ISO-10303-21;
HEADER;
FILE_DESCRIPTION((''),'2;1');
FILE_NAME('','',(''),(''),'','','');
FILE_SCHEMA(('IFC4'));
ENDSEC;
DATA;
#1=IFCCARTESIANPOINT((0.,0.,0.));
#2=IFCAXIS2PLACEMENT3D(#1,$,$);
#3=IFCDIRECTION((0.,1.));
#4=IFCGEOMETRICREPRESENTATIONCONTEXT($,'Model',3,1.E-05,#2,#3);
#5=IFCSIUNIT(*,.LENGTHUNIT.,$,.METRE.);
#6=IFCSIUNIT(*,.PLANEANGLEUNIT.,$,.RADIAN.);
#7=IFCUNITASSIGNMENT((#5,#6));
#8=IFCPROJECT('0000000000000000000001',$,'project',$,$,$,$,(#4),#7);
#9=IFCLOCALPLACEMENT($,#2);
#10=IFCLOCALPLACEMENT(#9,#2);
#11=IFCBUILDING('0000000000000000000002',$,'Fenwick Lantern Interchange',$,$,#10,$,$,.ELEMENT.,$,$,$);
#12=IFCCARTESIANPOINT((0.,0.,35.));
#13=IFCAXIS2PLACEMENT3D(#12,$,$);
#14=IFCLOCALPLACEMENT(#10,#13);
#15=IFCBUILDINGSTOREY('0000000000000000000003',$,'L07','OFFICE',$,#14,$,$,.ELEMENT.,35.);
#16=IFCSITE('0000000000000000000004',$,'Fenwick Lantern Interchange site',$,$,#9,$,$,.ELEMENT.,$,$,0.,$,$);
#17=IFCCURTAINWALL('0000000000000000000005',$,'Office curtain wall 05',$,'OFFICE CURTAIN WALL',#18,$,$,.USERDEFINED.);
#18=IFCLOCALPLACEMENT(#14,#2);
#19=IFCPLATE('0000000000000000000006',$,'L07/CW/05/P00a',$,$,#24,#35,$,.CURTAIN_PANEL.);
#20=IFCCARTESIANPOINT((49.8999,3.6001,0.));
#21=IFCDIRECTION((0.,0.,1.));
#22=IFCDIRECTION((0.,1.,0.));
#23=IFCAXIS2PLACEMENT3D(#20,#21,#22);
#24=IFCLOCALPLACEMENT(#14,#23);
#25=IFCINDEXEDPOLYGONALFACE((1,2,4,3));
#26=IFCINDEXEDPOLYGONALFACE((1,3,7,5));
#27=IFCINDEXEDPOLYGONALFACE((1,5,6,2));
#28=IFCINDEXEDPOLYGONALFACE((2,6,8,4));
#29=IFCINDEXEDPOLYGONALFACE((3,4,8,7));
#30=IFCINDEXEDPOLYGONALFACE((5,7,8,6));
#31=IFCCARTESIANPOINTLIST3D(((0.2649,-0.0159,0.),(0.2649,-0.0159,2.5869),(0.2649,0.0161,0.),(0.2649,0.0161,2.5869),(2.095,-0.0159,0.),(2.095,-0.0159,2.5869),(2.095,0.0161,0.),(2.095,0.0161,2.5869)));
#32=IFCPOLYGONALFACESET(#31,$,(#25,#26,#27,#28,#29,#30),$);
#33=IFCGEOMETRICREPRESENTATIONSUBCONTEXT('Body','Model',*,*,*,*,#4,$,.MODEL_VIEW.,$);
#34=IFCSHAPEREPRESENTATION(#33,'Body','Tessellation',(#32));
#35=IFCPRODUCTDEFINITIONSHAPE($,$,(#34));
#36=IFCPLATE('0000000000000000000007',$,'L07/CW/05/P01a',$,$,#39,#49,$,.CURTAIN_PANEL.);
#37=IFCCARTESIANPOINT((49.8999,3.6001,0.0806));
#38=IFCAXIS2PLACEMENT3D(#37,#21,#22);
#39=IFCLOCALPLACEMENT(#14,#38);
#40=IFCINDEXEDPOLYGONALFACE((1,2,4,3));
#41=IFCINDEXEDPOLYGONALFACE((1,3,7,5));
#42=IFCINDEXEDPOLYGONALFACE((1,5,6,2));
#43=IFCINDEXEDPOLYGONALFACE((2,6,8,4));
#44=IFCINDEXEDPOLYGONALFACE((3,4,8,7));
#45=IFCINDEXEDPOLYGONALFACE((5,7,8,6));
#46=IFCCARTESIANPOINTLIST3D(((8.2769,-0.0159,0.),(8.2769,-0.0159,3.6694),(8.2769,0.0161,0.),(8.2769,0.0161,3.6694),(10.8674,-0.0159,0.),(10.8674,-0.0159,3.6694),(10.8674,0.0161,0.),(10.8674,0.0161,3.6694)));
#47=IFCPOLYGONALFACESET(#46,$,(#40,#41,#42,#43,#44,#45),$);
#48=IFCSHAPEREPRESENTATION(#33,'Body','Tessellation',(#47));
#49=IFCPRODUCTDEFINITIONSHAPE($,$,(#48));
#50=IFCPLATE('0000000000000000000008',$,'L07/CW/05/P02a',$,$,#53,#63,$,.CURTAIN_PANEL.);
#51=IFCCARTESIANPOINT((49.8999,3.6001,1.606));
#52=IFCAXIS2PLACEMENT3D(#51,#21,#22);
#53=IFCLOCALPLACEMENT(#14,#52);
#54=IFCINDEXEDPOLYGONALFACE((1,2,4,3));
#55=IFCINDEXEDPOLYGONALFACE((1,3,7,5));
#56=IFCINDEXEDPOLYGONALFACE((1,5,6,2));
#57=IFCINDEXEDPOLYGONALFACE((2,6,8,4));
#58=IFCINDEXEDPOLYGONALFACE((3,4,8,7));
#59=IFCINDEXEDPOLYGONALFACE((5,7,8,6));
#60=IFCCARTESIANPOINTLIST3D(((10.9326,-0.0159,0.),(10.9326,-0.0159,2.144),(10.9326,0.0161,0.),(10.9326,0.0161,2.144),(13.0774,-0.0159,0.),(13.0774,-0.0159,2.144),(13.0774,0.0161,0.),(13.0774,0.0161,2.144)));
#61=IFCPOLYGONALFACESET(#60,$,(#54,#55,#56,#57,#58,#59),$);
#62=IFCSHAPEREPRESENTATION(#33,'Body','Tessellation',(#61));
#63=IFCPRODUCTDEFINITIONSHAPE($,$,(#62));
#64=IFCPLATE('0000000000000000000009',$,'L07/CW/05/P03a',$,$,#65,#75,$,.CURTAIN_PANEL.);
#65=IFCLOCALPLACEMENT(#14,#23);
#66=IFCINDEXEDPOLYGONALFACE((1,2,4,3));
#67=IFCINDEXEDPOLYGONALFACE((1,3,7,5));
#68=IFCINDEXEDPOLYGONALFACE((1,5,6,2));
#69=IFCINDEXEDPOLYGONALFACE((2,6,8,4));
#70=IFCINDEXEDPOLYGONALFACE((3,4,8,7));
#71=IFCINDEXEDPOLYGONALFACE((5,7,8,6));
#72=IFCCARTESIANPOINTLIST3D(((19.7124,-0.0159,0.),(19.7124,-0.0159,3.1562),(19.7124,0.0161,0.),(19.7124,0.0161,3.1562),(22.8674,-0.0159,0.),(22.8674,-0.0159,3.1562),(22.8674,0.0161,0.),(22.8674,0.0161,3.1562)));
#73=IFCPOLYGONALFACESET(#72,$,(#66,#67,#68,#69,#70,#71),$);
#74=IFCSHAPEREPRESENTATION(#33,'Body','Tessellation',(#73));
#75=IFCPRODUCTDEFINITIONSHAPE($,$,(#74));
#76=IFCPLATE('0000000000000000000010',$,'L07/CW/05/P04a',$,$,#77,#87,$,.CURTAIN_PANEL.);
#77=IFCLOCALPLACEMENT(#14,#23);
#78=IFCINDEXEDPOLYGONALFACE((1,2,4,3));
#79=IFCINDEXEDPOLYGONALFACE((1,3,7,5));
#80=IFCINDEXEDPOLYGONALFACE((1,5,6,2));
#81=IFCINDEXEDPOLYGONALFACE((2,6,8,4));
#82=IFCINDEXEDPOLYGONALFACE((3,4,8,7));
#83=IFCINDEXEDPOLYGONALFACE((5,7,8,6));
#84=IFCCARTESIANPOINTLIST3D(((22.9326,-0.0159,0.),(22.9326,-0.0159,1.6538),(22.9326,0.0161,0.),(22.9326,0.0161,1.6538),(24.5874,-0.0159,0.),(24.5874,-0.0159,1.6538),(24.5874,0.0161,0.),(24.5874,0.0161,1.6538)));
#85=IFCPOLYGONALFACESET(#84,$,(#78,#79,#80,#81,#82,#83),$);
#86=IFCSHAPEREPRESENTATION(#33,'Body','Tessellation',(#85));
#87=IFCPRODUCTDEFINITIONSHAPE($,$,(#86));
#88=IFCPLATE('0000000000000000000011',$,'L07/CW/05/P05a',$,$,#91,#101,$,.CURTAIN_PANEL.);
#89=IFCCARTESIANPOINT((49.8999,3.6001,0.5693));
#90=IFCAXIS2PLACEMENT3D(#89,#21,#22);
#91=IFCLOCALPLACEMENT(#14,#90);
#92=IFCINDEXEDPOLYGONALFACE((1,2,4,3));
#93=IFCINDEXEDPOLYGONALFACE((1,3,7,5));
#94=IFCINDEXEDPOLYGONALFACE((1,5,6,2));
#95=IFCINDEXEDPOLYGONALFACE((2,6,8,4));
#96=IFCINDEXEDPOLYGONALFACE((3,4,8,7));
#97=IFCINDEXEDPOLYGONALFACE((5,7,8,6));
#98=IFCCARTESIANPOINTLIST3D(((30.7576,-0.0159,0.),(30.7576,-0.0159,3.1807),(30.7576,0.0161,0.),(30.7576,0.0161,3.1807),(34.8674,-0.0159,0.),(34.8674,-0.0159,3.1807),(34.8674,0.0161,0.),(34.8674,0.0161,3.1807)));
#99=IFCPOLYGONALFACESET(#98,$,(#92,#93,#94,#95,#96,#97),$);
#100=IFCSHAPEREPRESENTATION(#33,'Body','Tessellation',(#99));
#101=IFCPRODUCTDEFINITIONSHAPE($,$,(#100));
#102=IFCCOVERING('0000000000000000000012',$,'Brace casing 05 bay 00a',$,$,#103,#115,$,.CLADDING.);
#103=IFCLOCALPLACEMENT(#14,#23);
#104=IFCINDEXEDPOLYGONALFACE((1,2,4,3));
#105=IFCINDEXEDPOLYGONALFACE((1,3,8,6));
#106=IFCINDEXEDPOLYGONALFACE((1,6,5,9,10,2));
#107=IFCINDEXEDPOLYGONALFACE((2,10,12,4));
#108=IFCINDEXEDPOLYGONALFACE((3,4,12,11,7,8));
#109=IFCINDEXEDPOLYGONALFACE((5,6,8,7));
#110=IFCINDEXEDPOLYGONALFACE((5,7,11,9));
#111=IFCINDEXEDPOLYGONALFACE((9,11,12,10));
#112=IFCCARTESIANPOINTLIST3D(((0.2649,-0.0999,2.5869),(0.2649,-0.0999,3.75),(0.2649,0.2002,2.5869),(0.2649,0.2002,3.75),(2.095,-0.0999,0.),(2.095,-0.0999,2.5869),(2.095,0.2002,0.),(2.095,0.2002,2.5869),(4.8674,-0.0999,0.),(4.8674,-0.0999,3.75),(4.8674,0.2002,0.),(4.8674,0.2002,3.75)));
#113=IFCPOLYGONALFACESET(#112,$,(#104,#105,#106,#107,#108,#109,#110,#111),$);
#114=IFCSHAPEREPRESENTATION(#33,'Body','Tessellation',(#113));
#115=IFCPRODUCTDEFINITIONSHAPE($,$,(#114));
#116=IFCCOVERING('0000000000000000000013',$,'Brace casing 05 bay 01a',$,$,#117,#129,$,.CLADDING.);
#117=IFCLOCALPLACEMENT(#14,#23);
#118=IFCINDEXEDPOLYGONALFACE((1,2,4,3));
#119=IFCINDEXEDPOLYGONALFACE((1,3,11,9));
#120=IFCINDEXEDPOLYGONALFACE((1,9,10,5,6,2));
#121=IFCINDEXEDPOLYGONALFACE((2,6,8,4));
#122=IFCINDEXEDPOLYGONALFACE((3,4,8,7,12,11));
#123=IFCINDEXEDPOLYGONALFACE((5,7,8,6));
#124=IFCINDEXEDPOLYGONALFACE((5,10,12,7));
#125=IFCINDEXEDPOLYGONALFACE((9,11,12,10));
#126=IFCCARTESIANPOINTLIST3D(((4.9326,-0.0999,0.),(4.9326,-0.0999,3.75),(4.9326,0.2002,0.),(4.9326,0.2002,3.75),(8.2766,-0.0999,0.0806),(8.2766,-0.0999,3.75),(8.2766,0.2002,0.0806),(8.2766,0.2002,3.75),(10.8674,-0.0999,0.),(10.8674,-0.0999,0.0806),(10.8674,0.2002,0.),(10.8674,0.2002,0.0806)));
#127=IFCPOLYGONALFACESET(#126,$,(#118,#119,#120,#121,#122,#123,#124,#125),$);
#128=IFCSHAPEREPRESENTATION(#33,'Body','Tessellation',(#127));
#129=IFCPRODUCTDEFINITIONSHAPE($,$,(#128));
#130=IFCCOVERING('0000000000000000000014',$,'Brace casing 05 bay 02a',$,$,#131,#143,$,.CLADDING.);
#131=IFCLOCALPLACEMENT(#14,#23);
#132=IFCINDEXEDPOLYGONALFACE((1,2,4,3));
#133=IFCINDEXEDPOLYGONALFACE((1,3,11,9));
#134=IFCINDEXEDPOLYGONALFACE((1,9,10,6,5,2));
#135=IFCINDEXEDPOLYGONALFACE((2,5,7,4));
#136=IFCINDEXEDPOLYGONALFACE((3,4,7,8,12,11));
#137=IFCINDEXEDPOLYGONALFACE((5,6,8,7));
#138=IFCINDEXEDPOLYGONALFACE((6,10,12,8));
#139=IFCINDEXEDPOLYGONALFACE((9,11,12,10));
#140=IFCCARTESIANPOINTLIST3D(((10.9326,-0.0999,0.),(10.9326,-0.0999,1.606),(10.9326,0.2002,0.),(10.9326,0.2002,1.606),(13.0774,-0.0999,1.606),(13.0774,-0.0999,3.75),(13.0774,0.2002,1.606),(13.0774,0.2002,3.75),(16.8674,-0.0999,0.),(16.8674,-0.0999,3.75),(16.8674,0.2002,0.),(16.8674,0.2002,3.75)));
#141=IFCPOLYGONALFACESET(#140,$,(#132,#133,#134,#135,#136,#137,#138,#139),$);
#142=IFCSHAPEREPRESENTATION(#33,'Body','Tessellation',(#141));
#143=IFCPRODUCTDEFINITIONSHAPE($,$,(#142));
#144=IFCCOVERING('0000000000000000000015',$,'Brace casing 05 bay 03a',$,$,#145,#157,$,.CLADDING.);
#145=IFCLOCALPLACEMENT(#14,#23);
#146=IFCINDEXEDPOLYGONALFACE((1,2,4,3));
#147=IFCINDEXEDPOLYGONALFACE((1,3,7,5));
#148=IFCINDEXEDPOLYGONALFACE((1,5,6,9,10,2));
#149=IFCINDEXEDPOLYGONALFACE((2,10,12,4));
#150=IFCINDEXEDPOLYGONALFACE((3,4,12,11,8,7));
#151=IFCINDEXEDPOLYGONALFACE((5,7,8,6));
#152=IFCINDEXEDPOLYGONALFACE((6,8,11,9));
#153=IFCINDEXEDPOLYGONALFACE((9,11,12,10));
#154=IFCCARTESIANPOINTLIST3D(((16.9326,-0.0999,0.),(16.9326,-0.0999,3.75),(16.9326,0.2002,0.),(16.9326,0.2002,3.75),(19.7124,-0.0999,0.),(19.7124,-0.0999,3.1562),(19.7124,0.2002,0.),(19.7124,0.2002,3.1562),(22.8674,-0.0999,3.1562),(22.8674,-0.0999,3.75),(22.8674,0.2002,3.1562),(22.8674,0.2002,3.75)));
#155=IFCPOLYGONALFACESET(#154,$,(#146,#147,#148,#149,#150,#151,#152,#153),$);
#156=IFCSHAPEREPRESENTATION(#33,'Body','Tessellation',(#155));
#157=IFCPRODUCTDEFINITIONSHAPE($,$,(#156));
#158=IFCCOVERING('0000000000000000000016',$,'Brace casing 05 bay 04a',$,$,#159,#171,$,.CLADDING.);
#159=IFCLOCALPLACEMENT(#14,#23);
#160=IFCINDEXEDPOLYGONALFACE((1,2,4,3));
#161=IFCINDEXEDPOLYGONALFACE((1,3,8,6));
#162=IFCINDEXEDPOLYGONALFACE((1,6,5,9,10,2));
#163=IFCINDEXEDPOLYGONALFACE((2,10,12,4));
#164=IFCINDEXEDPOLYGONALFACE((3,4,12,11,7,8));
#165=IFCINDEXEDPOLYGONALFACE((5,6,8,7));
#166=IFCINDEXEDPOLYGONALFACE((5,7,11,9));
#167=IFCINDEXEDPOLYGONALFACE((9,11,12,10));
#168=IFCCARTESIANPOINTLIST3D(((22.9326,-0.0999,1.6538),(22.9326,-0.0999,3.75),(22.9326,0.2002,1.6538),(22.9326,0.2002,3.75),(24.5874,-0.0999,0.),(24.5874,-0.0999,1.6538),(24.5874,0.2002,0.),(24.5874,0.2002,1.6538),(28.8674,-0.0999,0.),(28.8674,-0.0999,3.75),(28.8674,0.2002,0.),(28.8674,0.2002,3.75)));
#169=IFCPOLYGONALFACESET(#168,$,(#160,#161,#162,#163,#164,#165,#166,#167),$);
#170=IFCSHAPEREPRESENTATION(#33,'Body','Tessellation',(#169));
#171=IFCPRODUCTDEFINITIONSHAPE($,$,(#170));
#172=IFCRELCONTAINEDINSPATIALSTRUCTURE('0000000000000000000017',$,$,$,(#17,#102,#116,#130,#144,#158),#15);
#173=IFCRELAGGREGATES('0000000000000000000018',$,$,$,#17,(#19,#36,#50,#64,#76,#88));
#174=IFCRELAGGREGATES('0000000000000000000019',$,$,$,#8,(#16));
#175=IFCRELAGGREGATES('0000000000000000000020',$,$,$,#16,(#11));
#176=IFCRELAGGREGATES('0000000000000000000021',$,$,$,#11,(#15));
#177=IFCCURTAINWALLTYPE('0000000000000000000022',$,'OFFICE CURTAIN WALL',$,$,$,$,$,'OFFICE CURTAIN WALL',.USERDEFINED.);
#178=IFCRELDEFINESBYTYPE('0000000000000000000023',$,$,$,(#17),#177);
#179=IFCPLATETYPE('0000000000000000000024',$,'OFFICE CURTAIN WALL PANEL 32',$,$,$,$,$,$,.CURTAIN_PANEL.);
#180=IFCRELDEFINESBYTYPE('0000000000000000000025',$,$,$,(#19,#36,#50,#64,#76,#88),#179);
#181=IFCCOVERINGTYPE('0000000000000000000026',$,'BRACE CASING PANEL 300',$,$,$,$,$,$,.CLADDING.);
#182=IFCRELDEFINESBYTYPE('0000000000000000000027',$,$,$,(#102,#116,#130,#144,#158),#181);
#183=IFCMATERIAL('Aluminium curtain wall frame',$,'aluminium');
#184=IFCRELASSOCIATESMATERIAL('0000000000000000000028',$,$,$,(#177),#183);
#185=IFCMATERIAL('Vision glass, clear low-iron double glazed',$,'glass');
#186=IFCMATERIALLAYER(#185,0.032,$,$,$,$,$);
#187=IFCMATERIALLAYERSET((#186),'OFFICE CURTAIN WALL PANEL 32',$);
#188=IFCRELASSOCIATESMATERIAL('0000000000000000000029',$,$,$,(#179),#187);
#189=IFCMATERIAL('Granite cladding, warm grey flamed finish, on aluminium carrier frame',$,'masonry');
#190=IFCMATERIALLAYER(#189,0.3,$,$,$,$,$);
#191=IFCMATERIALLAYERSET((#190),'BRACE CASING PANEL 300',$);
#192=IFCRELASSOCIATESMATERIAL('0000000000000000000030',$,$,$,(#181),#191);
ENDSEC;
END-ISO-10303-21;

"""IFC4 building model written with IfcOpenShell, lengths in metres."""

from ifc_helpers import new_model, si_unit, direction, frame, origin, place, context, subcontext, project, spatial, polyline, outline, extrude, material, layer, layer_set, type_object, element, aggregate, save


model = new_model("IFC4")

# Units and contexts
model_context = context("Model", 3, precision=1e-05, world=origin(), true_north=direction((0.0, 1.0)))
body_context = subcontext(model_context, "Body", "Model", "MODEL_VIEW")
ifc_project = project(units=[si_unit("LENGTHUNIT", "METRE"), si_unit("PLANEANGLEUNIT", "RADIAN")], contexts=[model_context])

# Site, building, storey
site_placement = place(None, origin())
site = spatial("IfcSite", under=ifc_project, at=site_placement, Name="Fenwick Lantern Interchange site", CompositionType="ELEMENT", RefElevation=0.0)
building_placement = place(site_placement, origin())
building = spatial("IfcBuilding", under=site, at=building_placement, Name="Fenwick Lantern Interchange", CompositionType="ELEMENT")
storey_placement = place(building_placement, frame((0.0, 0.0, 35.0)))
storey = spatial("IfcBuildingStorey", under=building, at=storey_placement, Name="L07", Description="OFFICE", CompositionType="ELEMENT", Elevation=35.0)

# Shared definitions
ifc_material_1 = material(Name="Aluminium curtain wall frame", Category="aluminium")
curtain_wall_type = type_object("IfcCurtainWallType", Name="OFFICE CURTAIN WALL", ElementType="OFFICE CURTAIN WALL", PredefinedType="USERDEFINED", material=ifc_material_1)

# Shared definitions
ifc_material_2 = material(Name="Vision glass, clear low-iron double glazed", Category="glass")
ifc_layer_1 = layer(ifc_material_2, 0.032)
ifc_layer_set_1 = layer_set([ifc_layer_1], Name="OFFICE CURTAIN WALL PANEL 32")
plate_type = type_object("IfcPlateType", Name="OFFICE CURTAIN WALL PANEL 32", PredefinedType="CURTAIN_PANEL", material=ifc_layer_set_1)

# Curtain wall, plates
curtain_wall_1_placement = place(storey_placement, origin())
curtain_wall_1 = element("IfcCurtainWall", 1, at=curtain_wall_1_placement, inside=storey, type_object=curtain_wall_type, Name="Office curtain wall 05", ObjectType="OFFICE CURTAIN WALL", PredefinedType="USERDEFINED")
plate_1_placement = place(storey_placement, frame((49.8999, 3.6001, 0.0), z_axis=(0.0, 0.0, 1.0), x_axis=(0.0, 1.0, 0.0)))
plate_1 = element("IfcPlate", 2, at=plate_1_placement, type_object=plate_type, Name="L07/CW/05/P00a", PredefinedType="CURTAIN_PANEL", context=body_context, shape_type="SweptSolid", body=[
    extrude(outline(polyline([(0.2649, 0.0), (2.095, 0.0), (2.095, 2.5869), (0.2649, 2.5869), (0.2649, 0.0)])), frame((0.0, 0.0161, 0.0), z_axis=(0.0, -1.0, 0.0), x_axis=(1.0, 0.0, 0.0)), (0.0, 0.0, 1.0), 0.032),
])
plate_2_placement = place(storey_placement, frame((49.8999, 3.6001, 0.0806), z_axis=(0.0, 0.0, 1.0), x_axis=(0.0, 1.0, 0.0)))
plate_2 = element("IfcPlate", 3, at=plate_2_placement, type_object=plate_type, Name="L07/CW/05/P01a", PredefinedType="CURTAIN_PANEL", context=body_context, shape_type="SweptSolid", body=[
    extrude(outline(polyline([(8.2769, 0.0), (10.8674, 0.0), (10.8674, 3.6694), (8.2769, 3.6694), (8.2769, 0.0)])), frame((0.0, 0.0161, 0.0), z_axis=(0.0, -1.0, 0.0), x_axis=(1.0, 0.0, 0.0)), (0.0, 0.0, 1.0), 0.032),
])
plate_3_placement = place(storey_placement, frame((49.8999, 3.6001, 1.606), z_axis=(0.0, 0.0, 1.0), x_axis=(0.0, 1.0, 0.0)))
plate_3 = element("IfcPlate", 4, at=plate_3_placement, type_object=plate_type, Name="L07/CW/05/P02a", PredefinedType="CURTAIN_PANEL", context=body_context, shape_type="SweptSolid", body=[
    extrude(outline(polyline([(10.9326, 0.0), (13.0774, 0.0), (13.0774, 2.144), (10.9326, 2.144), (10.9326, 0.0)])), frame((0.0, 0.0161, 0.0), z_axis=(0.0, -1.0, 0.0), x_axis=(1.0, 0.0, 0.0)), (0.0, 0.0, 1.0), 0.032),
])
plate_4_placement = place(storey_placement, frame((49.8999, 3.6001, 0.0), z_axis=(0.0, 0.0, 1.0), x_axis=(0.0, 1.0, 0.0)))
plate_4 = element("IfcPlate", 5, at=plate_4_placement, type_object=plate_type, Name="L07/CW/05/P03a", PredefinedType="CURTAIN_PANEL", context=body_context, shape_type="SweptSolid", body=[
    extrude(outline(polyline([(19.7124, 0.0), (22.8674, 0.0), (22.8674, 3.1562), (19.7124, 3.1562), (19.7124, 0.0)])), frame((0.0, 0.0161, 0.0), z_axis=(0.0, -1.0, 0.0), x_axis=(1.0, 0.0, 0.0)), (0.0, 0.0, 1.0), 0.032),
])
plate_5_placement = place(storey_placement, frame((49.8999, 3.6001, 0.0), z_axis=(0.0, 0.0, 1.0), x_axis=(0.0, 1.0, 0.0)))
plate_5 = element("IfcPlate", 6, at=plate_5_placement, type_object=plate_type, Name="L07/CW/05/P04a", PredefinedType="CURTAIN_PANEL", context=body_context, shape_type="SweptSolid", body=[
    extrude(outline(polyline([(22.9326, 0.0), (24.5874, 0.0), (24.5874, 1.6538), (22.9326, 1.6538), (22.9326, 0.0)])), frame((0.0, 0.0161, 0.0), z_axis=(0.0, -1.0, 0.0), x_axis=(1.0, 0.0, 0.0)), (0.0, 0.0, 1.0), 0.032),
])
plate_6_placement = place(storey_placement, frame((49.8999, 3.6001, 0.5693), z_axis=(0.0, 0.0, 1.0), x_axis=(0.0, 1.0, 0.0)))
plate_6 = element("IfcPlate", 7, at=plate_6_placement, type_object=plate_type, Name="L07/CW/05/P05a", PredefinedType="CURTAIN_PANEL", context=body_context, shape_type="SweptSolid", body=[
    extrude(outline(polyline([(30.7576, 0.0), (34.8674, 0.0), (34.8674, 3.1807), (30.7576, 3.1807), (30.7576, 0.0)])), frame((0.0, 0.0161, 0.0), z_axis=(0.0, -1.0, 0.0), x_axis=(1.0, 0.0, 0.0)), (0.0, 0.0, 1.0), 0.032),
])
aggregate(curtain_wall_1, [plate_1, plate_2, plate_3, plate_4, plate_5, plate_6])

# Coverings
ifc_material_3 = material(Name="Granite cladding, warm grey flamed finish, on aluminium carrier frame", Category="masonry")
ifc_layer_2 = layer(ifc_material_3, 0.3)
ifc_layer_set_2 = layer_set([ifc_layer_2], Name="BRACE CASING PANEL 300")
covering_type = type_object("IfcCoveringType", Name="BRACE CASING PANEL 300", PredefinedType="CLADDING", material=ifc_layer_set_2)
covering_1_placement = place(storey_placement, frame((49.8999, 3.6001, 0.0), z_axis=(0.0, 0.0, 1.0), x_axis=(0.0, 1.0, 0.0)))
element("IfcCovering", 8, at=covering_1_placement, inside=storey, type_object=covering_type, Name="Brace casing 05 bay 00a", PredefinedType="CLADDING", context=body_context, shape_type="SweptSolid", body=[
    extrude(outline(polyline([(2.095, 0.0), (4.8674, 0.0), (4.8674, 3.75), (0.2649, 3.75), (0.2649, 2.5869), (2.095, 2.5869), (2.095, 0.0)])), frame((0.0, 0.2002, 0.0), z_axis=(0.0, -1.0, 0.0), x_axis=(1.0, 0.0, 0.0)), (0.0, 0.0, 1.0), 0.3),
])
covering_2_placement = place(storey_placement, frame((49.8999, 3.6001, 0.0), z_axis=(0.0, 0.0, 1.0), x_axis=(0.0, 1.0, 0.0)))
element("IfcCovering", 9, at=covering_2_placement, inside=storey, type_object=covering_type, Name="Brace casing 05 bay 01a", PredefinedType="CLADDING", context=body_context, shape_type="SweptSolid", body=[
    extrude(outline(polyline([(4.9326, 0.0), (10.8674, 0.0), (10.8674, 0.0806), (8.2766, 0.0806), (8.2766, 3.75), (4.9326, 3.75), (4.9326, 0.0)])), frame((0.0, 0.2002, 0.0), z_axis=(0.0, -1.0, 0.0), x_axis=(1.0, 0.0, 0.0)), (0.0, 0.0, 1.0), 0.3),
])
covering_3_placement = place(storey_placement, frame((49.8999, 3.6001, 0.0), z_axis=(0.0, 0.0, 1.0), x_axis=(0.0, 1.0, 0.0)))
element("IfcCovering", 10, at=covering_3_placement, inside=storey, type_object=covering_type, Name="Brace casing 05 bay 02a", PredefinedType="CLADDING", context=body_context, shape_type="SweptSolid", body=[
    extrude(outline(polyline([(10.9326, 0.0), (16.8674, 0.0), (16.8674, 3.75), (13.0774, 3.75), (13.0774, 1.606), (10.9326, 1.606), (10.9326, 0.0)])), frame((0.0, 0.2002, 0.0), z_axis=(0.0, -1.0, 0.0), x_axis=(1.0, 0.0, 0.0)), (0.0, 0.0, 1.0), 0.3),
])
covering_4_placement = place(storey_placement, frame((49.8999, 3.6001, 0.0), z_axis=(0.0, 0.0, 1.0), x_axis=(0.0, 1.0, 0.0)))
element("IfcCovering", 11, at=covering_4_placement, inside=storey, type_object=covering_type, Name="Brace casing 05 bay 03a", PredefinedType="CLADDING", context=body_context, shape_type="SweptSolid", body=[
    extrude(outline(polyline([(16.9326, 0.0), (19.7124, 0.0), (19.7124, 3.1562), (22.8674, 3.1562), (22.8674, 3.75), (16.9326, 3.75), (16.9326, 0.0)])), frame((0.0, 0.2002, 0.0), z_axis=(0.0, -1.0, 0.0), x_axis=(1.0, 0.0, 0.0)), (0.0, 0.0, 1.0), 0.3),
])
covering_5_placement = place(storey_placement, frame((49.8999, 3.6001, 0.0), z_axis=(0.0, 0.0, 1.0), x_axis=(0.0, 1.0, 0.0)))
element("IfcCovering", 12, at=covering_5_placement, inside=storey, type_object=covering_type, Name="Brace casing 05 bay 04a", PredefinedType="CLADDING", context=body_context, shape_type="SweptSolid", body=[
    extrude(outline(polyline([(24.5874, 0.0), (28.8674, 0.0), (28.8674, 3.75), (22.9326, 3.75), (22.9326, 1.6538), (24.5874, 1.6538), (24.5874, 0.0)])), frame((0.0, 0.2002, 0.0), z_axis=(0.0, -1.0, 0.0), x_axis=(1.0, 0.0, 0.0)), (0.0, 0.0, 1.0), 0.3),
])

save(model, "model.ifc")
